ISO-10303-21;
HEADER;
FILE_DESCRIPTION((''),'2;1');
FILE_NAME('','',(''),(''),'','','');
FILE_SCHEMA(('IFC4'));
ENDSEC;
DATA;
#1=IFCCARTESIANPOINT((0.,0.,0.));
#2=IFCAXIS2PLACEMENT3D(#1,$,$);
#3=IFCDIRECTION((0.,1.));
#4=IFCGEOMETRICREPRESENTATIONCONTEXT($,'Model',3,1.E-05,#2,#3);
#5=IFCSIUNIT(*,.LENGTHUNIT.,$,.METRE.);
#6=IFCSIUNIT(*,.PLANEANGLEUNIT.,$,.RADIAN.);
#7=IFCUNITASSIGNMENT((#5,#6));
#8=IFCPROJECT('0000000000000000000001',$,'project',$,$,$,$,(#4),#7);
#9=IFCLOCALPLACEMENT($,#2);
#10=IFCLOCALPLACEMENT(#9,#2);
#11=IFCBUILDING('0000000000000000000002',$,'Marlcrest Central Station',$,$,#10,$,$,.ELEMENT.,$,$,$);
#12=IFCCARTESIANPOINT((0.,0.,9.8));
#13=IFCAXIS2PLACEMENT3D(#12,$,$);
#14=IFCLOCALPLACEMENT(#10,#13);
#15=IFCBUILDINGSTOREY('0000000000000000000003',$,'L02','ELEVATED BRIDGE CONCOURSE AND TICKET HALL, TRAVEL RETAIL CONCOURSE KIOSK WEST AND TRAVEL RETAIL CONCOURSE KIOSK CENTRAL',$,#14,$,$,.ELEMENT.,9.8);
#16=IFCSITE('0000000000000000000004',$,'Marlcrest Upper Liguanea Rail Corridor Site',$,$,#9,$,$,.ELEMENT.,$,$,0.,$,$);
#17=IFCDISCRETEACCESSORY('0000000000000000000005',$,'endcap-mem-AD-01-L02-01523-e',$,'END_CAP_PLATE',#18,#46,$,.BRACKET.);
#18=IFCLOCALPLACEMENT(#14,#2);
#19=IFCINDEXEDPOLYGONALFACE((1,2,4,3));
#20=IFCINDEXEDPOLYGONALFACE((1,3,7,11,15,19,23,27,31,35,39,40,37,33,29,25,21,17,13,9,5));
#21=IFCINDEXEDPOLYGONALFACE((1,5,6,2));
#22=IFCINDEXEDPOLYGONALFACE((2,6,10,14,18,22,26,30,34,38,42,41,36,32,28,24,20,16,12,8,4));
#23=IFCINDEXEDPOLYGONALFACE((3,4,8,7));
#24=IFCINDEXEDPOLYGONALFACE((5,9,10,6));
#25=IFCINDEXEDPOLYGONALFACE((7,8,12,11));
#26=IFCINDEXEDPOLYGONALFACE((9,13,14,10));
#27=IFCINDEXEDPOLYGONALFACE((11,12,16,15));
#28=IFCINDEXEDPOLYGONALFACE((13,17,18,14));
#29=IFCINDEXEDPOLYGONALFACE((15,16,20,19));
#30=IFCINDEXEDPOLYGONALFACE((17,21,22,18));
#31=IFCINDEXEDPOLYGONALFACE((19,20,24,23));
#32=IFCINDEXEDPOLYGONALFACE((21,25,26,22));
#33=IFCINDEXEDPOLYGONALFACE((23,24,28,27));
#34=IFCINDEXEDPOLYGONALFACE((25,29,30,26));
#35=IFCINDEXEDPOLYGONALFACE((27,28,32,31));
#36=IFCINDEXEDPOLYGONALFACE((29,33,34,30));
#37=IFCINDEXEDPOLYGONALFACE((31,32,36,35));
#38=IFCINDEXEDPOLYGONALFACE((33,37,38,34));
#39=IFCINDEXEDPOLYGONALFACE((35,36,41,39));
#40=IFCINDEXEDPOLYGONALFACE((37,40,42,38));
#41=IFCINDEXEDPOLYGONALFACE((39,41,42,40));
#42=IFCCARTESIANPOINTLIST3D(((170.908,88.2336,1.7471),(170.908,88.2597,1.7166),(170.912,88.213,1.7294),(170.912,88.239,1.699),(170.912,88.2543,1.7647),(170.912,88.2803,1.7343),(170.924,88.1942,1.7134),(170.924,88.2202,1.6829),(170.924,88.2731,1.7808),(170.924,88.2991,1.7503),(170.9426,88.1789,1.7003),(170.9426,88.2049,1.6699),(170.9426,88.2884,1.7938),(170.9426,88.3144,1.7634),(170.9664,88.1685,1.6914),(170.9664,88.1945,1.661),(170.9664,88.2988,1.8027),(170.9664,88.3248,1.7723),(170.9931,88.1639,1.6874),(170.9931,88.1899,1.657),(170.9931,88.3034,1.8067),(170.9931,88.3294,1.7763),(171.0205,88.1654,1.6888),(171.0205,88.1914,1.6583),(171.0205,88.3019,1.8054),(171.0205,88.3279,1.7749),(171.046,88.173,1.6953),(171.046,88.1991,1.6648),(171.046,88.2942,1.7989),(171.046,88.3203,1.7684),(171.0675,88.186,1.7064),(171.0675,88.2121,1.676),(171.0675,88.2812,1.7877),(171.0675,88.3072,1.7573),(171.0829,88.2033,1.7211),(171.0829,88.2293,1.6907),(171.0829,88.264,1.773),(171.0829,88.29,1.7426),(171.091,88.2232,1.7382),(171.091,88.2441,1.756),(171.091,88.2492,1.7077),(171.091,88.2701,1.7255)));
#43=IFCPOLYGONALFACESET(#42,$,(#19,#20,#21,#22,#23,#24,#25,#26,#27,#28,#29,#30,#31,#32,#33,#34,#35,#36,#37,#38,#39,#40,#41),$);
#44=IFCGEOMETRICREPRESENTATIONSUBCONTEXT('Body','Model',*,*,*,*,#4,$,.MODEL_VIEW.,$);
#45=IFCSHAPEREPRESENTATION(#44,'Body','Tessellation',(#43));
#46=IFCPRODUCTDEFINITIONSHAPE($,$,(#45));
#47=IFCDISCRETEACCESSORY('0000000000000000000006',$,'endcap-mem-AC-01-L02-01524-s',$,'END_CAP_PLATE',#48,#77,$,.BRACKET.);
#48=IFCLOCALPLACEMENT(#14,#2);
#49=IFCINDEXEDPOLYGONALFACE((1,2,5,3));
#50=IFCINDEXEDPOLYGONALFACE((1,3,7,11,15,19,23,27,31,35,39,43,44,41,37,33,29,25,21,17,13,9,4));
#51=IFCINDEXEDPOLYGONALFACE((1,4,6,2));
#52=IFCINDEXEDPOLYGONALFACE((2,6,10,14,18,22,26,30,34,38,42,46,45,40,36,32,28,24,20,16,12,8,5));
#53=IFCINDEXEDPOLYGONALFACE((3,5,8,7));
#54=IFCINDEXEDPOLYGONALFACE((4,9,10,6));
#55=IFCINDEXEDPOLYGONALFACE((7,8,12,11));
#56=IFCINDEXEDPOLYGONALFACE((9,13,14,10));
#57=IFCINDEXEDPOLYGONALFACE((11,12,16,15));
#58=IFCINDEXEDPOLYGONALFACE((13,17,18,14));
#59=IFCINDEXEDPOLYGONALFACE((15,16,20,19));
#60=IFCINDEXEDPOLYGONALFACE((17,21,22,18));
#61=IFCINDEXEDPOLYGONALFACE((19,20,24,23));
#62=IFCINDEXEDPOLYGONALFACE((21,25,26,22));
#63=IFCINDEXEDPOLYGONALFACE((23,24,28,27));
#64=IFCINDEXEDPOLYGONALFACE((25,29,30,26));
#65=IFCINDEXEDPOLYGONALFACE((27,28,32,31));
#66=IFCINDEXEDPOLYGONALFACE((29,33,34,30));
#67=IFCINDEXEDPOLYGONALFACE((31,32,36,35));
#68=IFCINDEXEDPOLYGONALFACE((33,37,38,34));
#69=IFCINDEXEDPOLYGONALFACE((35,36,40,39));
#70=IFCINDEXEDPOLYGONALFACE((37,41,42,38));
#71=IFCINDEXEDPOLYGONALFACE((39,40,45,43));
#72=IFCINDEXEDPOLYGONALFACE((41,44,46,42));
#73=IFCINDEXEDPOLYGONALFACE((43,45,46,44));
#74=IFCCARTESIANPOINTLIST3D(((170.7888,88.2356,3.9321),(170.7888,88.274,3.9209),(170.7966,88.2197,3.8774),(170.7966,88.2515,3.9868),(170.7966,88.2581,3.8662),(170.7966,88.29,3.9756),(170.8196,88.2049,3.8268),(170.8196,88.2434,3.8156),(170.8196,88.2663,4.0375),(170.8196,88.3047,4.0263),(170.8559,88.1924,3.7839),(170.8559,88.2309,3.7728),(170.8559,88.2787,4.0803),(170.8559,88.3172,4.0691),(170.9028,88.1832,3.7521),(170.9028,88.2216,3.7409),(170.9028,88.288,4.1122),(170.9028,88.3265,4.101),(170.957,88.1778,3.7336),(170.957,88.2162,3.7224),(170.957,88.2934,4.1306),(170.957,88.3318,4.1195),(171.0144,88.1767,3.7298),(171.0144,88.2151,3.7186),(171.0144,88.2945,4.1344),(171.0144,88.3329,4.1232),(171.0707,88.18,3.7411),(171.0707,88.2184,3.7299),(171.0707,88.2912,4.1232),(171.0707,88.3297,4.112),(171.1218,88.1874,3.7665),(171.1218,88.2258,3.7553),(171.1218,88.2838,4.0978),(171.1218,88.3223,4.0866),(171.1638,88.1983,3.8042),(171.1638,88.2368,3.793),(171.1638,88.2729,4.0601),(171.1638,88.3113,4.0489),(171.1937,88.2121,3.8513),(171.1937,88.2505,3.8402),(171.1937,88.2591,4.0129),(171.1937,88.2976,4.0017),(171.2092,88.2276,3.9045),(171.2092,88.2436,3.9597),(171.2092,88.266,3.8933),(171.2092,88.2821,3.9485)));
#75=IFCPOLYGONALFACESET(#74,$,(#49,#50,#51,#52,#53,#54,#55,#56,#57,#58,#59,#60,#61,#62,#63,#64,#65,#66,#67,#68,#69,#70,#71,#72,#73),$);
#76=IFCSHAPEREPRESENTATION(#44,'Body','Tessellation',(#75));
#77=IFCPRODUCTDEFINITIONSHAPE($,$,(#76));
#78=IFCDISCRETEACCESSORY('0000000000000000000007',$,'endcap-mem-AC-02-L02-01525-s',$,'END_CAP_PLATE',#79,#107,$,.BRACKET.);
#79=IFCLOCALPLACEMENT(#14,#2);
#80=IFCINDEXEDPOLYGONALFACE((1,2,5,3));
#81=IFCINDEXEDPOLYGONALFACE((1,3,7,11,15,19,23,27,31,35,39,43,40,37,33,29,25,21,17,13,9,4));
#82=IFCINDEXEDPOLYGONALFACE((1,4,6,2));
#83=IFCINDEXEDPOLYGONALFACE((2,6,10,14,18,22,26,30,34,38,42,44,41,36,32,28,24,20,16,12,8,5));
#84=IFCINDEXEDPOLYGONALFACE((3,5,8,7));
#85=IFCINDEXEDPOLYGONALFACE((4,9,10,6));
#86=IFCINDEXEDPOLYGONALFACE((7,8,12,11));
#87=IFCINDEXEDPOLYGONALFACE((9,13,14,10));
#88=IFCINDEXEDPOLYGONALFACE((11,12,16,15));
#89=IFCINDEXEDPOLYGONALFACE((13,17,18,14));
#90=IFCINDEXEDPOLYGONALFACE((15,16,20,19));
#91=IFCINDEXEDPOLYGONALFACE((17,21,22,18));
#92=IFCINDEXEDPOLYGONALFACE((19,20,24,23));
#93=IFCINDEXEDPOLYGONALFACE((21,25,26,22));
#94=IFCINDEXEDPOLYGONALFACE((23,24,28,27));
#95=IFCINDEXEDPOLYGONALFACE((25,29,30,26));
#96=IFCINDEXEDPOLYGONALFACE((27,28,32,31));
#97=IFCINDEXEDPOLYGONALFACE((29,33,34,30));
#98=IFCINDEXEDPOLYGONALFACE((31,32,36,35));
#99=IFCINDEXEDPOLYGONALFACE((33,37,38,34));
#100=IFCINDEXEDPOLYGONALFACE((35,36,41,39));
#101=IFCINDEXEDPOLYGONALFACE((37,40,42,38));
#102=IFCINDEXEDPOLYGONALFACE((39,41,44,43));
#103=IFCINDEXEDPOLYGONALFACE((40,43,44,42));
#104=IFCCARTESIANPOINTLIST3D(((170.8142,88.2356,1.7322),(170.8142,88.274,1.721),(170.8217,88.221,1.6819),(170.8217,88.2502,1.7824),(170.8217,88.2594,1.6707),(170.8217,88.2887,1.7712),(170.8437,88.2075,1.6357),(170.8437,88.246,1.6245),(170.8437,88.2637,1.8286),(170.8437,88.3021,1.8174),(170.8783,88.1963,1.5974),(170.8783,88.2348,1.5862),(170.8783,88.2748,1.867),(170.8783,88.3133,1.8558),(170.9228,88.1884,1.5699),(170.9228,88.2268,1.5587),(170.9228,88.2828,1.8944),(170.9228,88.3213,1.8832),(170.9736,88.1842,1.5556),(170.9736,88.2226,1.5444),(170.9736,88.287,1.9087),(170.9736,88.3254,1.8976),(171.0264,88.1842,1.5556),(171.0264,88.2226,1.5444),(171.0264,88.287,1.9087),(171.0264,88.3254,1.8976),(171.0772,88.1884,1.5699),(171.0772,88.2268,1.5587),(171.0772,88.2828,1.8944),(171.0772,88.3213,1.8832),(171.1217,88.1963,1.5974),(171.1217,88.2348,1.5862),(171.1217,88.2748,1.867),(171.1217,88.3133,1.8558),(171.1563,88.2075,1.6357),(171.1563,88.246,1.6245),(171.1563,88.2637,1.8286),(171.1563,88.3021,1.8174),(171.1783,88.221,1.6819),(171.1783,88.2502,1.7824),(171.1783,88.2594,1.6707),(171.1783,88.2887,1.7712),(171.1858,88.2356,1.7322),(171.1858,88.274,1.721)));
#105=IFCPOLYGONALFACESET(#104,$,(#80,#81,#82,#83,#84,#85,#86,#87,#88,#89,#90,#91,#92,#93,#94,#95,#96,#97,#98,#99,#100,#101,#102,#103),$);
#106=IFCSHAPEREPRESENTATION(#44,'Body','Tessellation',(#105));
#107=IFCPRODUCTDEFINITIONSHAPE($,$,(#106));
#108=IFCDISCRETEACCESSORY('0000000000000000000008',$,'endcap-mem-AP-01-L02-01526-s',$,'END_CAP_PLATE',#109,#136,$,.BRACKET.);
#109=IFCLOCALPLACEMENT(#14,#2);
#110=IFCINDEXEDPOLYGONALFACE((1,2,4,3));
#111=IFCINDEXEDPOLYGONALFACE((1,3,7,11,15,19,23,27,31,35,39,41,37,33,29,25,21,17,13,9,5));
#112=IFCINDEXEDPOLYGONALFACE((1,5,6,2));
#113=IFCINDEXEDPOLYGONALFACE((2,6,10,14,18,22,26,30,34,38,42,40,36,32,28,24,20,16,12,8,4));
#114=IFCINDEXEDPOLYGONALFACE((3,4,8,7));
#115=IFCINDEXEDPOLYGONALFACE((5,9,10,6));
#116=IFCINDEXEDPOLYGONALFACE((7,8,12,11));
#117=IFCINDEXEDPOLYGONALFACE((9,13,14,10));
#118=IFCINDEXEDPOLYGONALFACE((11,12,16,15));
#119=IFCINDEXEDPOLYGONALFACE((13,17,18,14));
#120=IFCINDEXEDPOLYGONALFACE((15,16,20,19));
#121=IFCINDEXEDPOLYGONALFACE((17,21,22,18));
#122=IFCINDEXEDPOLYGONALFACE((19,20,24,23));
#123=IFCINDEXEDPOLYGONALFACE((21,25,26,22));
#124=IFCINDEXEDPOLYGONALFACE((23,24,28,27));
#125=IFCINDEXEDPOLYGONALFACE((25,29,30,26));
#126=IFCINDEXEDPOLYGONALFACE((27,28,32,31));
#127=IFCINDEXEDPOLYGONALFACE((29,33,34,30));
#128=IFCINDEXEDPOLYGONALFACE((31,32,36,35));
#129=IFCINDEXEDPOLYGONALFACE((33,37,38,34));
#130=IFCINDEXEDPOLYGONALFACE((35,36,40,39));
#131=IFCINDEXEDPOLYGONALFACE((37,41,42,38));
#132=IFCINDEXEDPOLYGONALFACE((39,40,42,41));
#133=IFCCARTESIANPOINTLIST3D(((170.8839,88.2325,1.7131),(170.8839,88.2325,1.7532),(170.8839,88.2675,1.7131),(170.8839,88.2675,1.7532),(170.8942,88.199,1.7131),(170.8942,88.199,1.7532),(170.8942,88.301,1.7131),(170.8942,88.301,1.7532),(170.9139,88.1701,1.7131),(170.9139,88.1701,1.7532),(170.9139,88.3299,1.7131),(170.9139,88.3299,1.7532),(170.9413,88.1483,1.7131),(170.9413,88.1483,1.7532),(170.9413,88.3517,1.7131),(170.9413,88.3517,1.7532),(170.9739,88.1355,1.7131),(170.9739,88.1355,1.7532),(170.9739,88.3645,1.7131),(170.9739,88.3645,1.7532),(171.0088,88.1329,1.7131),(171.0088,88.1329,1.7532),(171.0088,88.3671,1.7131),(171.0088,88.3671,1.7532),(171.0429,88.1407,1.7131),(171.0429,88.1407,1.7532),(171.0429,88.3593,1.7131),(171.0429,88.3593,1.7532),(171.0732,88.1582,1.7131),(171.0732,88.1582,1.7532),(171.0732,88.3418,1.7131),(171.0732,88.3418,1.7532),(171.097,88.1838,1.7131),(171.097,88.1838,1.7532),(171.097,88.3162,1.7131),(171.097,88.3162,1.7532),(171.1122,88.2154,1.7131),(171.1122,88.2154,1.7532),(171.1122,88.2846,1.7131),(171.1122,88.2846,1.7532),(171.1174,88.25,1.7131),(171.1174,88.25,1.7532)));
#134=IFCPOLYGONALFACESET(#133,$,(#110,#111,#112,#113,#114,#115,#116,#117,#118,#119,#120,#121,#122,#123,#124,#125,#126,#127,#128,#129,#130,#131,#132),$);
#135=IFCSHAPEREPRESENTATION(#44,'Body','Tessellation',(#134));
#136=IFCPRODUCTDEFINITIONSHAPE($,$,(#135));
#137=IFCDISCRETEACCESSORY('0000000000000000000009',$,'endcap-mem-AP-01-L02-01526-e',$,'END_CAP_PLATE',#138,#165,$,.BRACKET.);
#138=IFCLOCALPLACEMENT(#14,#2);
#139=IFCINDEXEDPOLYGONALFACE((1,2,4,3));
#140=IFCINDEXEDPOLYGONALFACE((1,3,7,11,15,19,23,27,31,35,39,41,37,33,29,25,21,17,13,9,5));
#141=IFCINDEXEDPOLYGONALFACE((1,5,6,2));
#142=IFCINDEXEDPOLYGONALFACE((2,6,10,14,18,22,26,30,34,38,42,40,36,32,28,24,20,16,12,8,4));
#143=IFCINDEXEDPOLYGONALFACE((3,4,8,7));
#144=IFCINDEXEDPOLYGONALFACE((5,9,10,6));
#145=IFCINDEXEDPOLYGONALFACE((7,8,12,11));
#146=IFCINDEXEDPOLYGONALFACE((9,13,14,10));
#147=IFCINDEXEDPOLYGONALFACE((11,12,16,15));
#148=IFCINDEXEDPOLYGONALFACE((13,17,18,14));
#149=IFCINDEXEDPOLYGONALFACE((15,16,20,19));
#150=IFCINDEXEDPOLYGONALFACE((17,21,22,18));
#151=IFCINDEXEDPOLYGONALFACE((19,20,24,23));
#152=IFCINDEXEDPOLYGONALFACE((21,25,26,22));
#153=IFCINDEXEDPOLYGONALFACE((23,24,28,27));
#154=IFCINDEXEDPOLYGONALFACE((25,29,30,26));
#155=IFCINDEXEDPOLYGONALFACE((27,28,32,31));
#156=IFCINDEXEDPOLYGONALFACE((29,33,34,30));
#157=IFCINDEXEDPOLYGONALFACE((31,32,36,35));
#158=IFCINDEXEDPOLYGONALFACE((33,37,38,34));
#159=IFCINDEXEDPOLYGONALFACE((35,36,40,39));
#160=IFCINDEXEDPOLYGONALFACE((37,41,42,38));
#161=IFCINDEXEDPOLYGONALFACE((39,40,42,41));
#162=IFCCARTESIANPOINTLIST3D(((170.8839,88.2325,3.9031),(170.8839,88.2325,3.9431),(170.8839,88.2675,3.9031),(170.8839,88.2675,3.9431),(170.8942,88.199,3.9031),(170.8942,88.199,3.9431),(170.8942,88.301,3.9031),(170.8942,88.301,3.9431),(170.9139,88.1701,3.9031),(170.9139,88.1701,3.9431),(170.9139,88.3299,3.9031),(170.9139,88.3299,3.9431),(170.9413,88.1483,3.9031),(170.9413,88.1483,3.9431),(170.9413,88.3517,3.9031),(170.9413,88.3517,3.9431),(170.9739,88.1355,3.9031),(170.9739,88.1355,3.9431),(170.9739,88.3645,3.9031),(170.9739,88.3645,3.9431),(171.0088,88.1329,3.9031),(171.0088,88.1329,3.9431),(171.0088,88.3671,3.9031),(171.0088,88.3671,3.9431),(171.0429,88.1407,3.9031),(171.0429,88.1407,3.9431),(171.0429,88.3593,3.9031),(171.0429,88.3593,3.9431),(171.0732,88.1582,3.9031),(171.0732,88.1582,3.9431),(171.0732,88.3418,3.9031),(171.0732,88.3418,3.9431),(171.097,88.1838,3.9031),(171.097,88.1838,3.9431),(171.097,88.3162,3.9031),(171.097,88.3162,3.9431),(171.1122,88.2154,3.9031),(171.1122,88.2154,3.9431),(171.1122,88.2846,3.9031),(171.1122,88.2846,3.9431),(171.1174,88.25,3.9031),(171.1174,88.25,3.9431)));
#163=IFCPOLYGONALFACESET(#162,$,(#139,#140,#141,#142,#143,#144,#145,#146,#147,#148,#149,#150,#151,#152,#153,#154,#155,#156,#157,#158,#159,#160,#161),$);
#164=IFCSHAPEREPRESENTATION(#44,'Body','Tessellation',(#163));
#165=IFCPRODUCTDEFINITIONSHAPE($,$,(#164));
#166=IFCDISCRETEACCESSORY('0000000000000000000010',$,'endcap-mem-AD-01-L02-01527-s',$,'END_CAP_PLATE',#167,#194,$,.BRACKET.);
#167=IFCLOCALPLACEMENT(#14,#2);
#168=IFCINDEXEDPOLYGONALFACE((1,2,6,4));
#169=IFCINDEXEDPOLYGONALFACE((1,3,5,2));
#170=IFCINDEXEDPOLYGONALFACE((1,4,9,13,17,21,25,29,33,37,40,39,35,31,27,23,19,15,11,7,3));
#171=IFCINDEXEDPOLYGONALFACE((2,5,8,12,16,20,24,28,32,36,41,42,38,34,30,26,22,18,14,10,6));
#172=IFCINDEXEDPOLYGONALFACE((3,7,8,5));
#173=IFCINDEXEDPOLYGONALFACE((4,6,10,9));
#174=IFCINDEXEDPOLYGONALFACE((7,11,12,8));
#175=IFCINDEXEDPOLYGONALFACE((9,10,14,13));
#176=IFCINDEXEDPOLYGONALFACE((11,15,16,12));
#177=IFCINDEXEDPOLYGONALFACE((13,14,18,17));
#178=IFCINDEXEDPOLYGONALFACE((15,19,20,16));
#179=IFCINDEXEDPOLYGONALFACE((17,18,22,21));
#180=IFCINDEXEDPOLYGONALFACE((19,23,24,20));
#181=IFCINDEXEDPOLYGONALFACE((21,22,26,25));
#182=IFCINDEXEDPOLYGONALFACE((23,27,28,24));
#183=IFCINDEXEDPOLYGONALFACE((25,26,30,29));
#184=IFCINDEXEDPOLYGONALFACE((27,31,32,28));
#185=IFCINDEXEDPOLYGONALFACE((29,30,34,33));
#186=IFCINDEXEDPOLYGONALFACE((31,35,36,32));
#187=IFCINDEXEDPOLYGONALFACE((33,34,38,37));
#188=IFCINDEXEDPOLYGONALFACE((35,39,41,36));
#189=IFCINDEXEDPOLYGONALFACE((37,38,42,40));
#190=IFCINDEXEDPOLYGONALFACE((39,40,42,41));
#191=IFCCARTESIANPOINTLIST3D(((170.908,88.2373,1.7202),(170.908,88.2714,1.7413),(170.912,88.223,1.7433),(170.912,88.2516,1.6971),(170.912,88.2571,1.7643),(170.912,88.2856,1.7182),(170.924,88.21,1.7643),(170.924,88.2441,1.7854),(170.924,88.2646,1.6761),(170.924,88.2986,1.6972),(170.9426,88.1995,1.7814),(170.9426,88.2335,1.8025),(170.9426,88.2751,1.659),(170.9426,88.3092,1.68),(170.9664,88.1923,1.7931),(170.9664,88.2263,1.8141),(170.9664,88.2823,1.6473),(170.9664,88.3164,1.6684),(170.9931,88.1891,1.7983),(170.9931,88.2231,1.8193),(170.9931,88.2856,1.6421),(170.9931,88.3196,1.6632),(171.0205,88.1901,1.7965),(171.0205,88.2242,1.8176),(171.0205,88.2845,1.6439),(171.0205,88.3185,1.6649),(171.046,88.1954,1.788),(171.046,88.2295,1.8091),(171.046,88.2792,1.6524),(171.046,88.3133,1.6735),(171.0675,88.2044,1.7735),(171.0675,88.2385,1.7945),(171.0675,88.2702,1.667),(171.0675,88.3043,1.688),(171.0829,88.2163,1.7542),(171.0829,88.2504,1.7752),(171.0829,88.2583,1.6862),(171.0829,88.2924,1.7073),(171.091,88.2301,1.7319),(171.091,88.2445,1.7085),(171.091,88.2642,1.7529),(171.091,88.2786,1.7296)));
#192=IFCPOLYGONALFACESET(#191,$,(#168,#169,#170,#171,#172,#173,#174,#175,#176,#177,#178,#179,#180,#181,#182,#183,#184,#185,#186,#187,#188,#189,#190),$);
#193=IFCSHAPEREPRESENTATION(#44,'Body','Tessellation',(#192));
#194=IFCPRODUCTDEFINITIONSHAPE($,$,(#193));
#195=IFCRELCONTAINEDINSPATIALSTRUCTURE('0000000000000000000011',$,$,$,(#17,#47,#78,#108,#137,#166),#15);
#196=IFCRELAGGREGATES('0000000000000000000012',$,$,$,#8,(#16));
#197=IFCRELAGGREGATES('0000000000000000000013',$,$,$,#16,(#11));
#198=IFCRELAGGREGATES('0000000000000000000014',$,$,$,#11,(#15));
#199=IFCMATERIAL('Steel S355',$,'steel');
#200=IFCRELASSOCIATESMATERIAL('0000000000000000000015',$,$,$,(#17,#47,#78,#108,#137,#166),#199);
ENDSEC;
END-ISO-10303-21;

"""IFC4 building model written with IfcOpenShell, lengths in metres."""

from ifc_helpers import new_model, si_unit, direction, frame, origin, origin_2d, place, context, subcontext, project, spatial, circle, extrude, material, element, save


model = new_model("IFC4")

# Units and contexts
model_context = context("Model", 3, precision=1e-05, world=origin(), true_north=direction((0.0, 1.0)))
body_context = subcontext(model_context, "Body", "Model", "MODEL_VIEW")
ifc_project = project(units=[si_unit("LENGTHUNIT", "METRE"), si_unit("PLANEANGLEUNIT", "RADIAN")], contexts=[model_context])

# Site, building, storey
site_placement = place(None, origin())
site = spatial("IfcSite", under=ifc_project, at=site_placement, Name="Marlcrest Upper Liguanea Rail Corridor Site", CompositionType="ELEMENT", RefElevation=0.0)
building_placement = place(site_placement, origin())
building = spatial("IfcBuilding", under=site, at=building_placement, Name="Marlcrest Central Station", CompositionType="ELEMENT")
storey_placement = place(building_placement, frame((0.0, 0.0, 9.8)))
storey = spatial("IfcBuildingStorey", under=building, at=storey_placement, Name="L02", Description="ELEVATED BRIDGE CONCOURSE AND TICKET HALL, TRAVEL RETAIL CONCOURSE KIOSK WEST AND TRAVEL RETAIL CONCOURSE KIOSK CENTRAL", CompositionType="ELEMENT", Elevation=9.8)

# Shared definitions
ifc_material_1 = material(Name="Steel S355", Category="steel")

# Discrete accessories
for number, where, z_axis, x_axis, name in (
    (1, (171.0, 88.2336, 1.7471), (0.0, 0.649625, -0.760255), (-1.0, 0.0, 0.0), "endcap-mem-AD-01-L02-01523-e"),
):
    element("IfcDiscreteAccessory", number, at=place(storey_placement, frame(where, z_axis=z_axis, x_axis=x_axis)), inside=storey, material=ifc_material_1, Name=name, ObjectType="END_CAP_PLATE", PredefinedType="BRACKET", context=body_context, shape_type="SweptSolid", body=[
        extrude(circle(Radius=0.092, at=origin_2d()), origin(), (0.0, 0.0, 1.0), 0.04),
    ])
discrete_accessory_1_placement = place(storey_placement, frame((171.0, 88.2356, 3.9321), z_axis=(0.0, 0.96013, -0.279554), x_axis=(-1.0, 0.0, 0.0)))
element("IfcDiscreteAccessory", 2, at=discrete_accessory_1_placement, inside=storey, material=ifc_material_1, Name="endcap-mem-AC-01-L02-01524-s", ObjectType="END_CAP_PLATE", PredefinedType="BRACKET", context=body_context, shape_type="SweptSolid", body=[
    extrude(circle(Radius=0.2112, at=origin_2d()), origin(), (0.0, 0.0, 1.0), 0.04),
])
discrete_accessory_2_placement = place(storey_placement, frame((171.0, 88.2356, 1.7322), z_axis=(0.0, 0.96013, -0.279554), x_axis=(-1.0, 0.0, 0.0)))
element("IfcDiscreteAccessory", 3, at=discrete_accessory_2_placement, inside=storey, material=ifc_material_1, Name="endcap-mem-AC-02-L02-01525-s", ObjectType="END_CAP_PLATE", PredefinedType="BRACKET", context=body_context, shape_type="SweptSolid", body=[
    extrude(circle(Radius=0.1858, at=origin_2d()), origin(), (0.0, 0.0, 1.0), 0.04),
])
for number, where, z_axis, x_axis, name in (
    (4, (171.0, 88.25, 1.7131), (0.0, 0.0, 1.0), (1.0, 0.0, 0.0), "endcap-mem-AP-01-L02-01526-s"),
    (5, (171.0, 88.25, 3.9031), (0.0, 0.0, 1.0), (1.0, 0.0, 0.0), "endcap-mem-AP-01-L02-01526-e"),
):
    element("IfcDiscreteAccessory", number, at=place(storey_placement, frame(where, z_axis=z_axis, x_axis=x_axis)), inside=storey, material=ifc_material_1, Name=name, ObjectType="END_CAP_PLATE", PredefinedType="BRACKET", context=body_context, shape_type="SweptSolid", body=[
        extrude(circle(Radius=0.1174, at=origin_2d()), origin(), (0.0, 0.0, 1.0), 0.04),
    ])
discrete_accessory_3_placement = place(storey_placement, frame((171.0, 88.2373, 1.7202), z_axis=(0.0, 0.850687, 0.525672), x_axis=(-1.0, 0.0, 0.0)))
element("IfcDiscreteAccessory", 6, at=discrete_accessory_3_placement, inside=storey, material=ifc_material_1, Name="endcap-mem-AD-01-L02-01527-s", ObjectType="END_CAP_PLATE", PredefinedType="BRACKET", context=body_context, shape_type="SweptSolid", body=[
    extrude(circle(Radius=0.092, at=origin_2d()), origin(), (0.0, 0.0, 1.0), 0.04),
])

save(model, "model.ifc")
